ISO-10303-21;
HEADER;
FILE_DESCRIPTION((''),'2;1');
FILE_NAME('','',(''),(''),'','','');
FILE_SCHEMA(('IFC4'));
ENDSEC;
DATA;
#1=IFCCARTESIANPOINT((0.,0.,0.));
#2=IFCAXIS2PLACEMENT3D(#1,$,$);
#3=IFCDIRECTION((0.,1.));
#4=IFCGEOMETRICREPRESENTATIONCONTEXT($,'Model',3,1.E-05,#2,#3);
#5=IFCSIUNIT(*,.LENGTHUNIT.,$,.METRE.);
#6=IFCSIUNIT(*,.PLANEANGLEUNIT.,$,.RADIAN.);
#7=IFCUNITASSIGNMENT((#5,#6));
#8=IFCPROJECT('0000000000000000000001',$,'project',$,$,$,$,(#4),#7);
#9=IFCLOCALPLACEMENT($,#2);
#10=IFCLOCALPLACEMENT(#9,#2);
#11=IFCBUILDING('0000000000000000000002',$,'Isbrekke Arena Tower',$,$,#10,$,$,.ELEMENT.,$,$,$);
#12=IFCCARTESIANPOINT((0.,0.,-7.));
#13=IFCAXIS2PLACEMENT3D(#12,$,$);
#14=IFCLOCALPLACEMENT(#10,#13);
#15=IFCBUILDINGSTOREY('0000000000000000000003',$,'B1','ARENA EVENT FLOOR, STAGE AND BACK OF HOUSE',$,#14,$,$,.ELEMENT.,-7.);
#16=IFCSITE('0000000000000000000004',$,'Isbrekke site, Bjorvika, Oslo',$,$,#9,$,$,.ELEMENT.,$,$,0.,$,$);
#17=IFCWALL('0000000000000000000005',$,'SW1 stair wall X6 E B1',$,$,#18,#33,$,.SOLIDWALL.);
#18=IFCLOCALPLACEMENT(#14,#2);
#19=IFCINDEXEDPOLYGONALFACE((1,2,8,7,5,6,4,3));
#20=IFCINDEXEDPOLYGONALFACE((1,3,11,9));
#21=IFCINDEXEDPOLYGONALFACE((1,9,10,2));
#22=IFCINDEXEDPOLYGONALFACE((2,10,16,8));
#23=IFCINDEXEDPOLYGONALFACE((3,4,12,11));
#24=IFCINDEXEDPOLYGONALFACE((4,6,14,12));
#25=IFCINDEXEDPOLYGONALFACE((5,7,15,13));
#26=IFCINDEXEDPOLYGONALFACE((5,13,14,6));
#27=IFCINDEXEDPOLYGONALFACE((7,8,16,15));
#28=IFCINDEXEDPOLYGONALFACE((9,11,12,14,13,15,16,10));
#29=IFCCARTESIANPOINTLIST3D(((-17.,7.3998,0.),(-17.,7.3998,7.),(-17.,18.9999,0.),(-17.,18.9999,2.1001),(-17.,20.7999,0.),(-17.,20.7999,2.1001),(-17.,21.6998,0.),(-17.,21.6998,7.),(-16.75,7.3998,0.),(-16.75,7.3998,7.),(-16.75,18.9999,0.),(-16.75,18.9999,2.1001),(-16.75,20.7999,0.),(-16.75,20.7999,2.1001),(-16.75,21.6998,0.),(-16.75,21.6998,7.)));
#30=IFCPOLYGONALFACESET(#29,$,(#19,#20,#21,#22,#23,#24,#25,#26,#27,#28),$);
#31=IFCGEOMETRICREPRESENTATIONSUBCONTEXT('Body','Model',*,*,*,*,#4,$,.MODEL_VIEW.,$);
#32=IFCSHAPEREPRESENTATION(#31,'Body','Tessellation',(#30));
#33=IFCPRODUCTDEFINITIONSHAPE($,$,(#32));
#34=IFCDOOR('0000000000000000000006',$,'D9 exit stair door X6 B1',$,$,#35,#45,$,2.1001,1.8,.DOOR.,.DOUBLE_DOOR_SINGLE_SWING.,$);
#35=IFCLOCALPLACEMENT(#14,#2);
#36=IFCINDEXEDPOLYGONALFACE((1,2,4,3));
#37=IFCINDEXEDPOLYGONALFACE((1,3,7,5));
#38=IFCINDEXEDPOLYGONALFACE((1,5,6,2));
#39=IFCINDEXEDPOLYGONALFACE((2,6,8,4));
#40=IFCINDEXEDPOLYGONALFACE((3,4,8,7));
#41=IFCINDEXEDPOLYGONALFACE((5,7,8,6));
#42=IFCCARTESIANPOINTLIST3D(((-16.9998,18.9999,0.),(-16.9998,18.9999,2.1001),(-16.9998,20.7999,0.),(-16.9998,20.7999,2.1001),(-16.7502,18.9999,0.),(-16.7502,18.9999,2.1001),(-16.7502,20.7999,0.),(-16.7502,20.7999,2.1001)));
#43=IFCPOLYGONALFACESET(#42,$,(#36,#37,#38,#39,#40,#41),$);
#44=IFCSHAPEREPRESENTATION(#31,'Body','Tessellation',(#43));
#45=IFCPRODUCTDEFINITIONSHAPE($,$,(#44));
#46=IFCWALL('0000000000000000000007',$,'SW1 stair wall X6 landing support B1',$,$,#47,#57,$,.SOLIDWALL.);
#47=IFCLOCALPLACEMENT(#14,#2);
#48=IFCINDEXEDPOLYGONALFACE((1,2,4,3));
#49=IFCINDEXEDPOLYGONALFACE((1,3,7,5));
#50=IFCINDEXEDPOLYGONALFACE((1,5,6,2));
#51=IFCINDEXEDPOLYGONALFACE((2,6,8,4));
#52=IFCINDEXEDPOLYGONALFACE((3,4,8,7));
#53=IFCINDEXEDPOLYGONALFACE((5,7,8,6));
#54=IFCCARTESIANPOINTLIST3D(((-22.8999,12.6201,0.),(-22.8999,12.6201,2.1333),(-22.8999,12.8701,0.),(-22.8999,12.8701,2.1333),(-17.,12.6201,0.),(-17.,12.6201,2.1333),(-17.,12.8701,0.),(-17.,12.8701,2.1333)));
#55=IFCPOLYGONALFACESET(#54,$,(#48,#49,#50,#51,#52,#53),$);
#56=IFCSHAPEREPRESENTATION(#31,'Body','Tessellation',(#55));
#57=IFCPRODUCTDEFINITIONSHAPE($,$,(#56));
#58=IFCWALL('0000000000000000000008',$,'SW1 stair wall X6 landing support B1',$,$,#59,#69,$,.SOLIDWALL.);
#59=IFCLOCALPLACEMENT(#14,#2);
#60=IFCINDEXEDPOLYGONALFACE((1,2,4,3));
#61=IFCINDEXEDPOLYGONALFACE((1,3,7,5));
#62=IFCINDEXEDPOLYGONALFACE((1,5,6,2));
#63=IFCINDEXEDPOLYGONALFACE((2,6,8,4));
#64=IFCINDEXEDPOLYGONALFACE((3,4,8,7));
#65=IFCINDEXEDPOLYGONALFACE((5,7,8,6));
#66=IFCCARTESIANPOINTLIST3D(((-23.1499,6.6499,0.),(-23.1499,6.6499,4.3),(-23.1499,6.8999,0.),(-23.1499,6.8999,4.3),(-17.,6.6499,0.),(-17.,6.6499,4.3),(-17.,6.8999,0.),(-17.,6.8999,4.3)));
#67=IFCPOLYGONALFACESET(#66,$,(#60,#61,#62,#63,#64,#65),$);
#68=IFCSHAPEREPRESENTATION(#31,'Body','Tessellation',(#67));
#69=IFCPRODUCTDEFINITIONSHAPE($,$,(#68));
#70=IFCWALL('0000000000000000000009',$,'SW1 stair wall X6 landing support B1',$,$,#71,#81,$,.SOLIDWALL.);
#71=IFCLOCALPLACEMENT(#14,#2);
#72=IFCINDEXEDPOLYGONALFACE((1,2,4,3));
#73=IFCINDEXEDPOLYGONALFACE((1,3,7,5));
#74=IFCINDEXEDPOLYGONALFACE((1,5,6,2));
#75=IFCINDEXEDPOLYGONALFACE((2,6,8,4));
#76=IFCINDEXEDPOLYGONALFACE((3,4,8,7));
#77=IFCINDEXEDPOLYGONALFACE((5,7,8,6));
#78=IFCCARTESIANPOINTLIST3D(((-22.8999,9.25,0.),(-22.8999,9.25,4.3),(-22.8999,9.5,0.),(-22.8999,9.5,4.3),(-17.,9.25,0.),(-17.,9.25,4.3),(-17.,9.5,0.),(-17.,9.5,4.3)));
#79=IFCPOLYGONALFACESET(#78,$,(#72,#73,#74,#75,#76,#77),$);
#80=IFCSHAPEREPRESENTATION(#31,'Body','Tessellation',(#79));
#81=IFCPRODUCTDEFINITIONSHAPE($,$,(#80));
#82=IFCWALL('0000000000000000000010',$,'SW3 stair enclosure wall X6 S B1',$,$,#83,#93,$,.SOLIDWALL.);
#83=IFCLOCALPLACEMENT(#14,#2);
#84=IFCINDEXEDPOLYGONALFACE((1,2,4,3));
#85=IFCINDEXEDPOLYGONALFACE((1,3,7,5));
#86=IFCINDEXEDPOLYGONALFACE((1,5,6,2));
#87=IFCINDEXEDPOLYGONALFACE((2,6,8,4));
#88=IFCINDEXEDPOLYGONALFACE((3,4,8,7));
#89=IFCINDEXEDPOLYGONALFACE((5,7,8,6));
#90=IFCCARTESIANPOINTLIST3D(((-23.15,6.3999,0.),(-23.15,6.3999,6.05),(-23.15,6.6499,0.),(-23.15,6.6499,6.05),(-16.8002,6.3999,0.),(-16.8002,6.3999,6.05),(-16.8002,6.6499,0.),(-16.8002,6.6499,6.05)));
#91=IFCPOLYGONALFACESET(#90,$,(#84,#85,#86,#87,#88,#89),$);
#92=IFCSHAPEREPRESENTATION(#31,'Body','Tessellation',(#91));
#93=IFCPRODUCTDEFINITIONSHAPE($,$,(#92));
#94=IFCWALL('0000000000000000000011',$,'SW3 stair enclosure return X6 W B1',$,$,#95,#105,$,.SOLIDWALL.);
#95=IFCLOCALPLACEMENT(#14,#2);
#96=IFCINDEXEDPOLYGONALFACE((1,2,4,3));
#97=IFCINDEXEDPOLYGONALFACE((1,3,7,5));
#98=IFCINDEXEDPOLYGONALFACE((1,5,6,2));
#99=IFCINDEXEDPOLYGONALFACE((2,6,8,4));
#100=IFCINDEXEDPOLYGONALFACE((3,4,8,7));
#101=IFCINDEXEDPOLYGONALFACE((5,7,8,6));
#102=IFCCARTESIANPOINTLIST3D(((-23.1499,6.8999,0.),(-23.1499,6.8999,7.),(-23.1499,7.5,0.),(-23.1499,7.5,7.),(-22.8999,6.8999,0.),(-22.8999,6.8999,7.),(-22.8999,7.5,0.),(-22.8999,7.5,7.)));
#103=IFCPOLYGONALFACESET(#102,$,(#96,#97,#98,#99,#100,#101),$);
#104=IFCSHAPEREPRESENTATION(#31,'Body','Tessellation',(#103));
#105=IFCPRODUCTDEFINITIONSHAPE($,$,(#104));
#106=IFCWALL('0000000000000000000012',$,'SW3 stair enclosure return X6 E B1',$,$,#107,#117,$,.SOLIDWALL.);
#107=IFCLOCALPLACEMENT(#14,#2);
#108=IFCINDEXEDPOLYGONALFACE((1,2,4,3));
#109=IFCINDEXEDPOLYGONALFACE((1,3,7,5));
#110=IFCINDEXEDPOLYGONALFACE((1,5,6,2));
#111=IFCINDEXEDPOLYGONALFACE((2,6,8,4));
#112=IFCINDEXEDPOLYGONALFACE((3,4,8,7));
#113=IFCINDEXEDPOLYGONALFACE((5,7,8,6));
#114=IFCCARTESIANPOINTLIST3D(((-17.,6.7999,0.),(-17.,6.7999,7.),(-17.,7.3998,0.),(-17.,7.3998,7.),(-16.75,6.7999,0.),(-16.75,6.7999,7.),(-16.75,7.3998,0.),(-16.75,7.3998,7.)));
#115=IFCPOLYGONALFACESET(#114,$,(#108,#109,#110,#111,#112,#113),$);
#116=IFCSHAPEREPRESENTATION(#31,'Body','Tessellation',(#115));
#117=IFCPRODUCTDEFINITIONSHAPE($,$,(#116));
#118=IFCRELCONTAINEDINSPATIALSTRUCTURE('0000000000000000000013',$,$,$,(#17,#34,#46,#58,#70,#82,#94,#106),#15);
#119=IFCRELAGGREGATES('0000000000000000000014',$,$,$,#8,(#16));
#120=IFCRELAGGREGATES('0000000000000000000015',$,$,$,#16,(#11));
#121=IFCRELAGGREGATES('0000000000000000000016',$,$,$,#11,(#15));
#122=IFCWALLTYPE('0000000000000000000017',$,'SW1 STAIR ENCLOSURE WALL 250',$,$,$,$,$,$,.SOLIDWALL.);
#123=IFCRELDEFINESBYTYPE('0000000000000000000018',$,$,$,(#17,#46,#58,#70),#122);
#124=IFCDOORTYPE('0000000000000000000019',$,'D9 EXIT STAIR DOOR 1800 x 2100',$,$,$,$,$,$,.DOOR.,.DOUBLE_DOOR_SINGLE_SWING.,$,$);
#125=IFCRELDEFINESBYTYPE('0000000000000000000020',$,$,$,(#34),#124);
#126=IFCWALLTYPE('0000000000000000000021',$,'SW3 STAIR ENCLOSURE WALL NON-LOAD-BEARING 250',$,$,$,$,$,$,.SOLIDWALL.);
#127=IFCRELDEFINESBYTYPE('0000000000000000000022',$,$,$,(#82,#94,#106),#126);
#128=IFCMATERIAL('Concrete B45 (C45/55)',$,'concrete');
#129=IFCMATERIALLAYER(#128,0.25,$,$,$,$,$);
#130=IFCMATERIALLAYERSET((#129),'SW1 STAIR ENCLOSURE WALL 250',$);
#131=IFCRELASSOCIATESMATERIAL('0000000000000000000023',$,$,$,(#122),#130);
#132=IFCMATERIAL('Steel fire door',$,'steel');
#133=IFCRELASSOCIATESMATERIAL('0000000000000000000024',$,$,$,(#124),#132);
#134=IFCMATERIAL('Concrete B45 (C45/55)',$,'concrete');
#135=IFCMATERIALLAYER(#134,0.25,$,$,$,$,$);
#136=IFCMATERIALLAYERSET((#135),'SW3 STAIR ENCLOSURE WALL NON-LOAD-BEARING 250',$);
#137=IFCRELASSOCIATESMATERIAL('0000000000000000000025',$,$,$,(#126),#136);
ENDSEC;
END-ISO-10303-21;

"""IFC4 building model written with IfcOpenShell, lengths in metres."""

from ifc_helpers import new_model, si_unit, direction, frame, frame_2d, origin, place, context, subcontext, project, spatial, rectangle, extrude, material, layer, layer_set, type_object, element, fill, save


model = new_model("IFC4")

# Units and contexts
model_context = context("Model", 3, precision=1e-05, world=origin(), true_north=direction((0.0, 1.0)))
body_context = subcontext(model_context, "Body", "Model", "MODEL_VIEW")
ifc_project = project(units=[si_unit("LENGTHUNIT", "METRE"), si_unit("PLANEANGLEUNIT", "RADIAN")], contexts=[model_context])

# Site, building, storey
site_placement = place(None, origin())
site = spatial("IfcSite", under=ifc_project, at=site_placement, Name="Isbrekke site, Bjorvika, Oslo", CompositionType="ELEMENT", RefElevation=0.0)
building_placement = place(site_placement, origin())
building = spatial("IfcBuilding", under=site, at=building_placement, Name="Isbrekke Arena Tower", CompositionType="ELEMENT")
storey_placement = place(building_placement, frame((0.0, 0.0, -7.0)))
storey = spatial("IfcBuildingStorey", under=building, at=storey_placement, Name="B1", Description="ARENA EVENT FLOOR, STAGE AND BACK OF HOUSE", CompositionType="ELEMENT", Elevation=-7.0)

# Wall, opening, door
ifc_material_1 = material(Name="Concrete B45 (C45/55)", Category="concrete")
ifc_layer_1 = layer(ifc_material_1, 0.25)
ifc_layer_set_1 = layer_set([ifc_layer_1], Name="SW1 STAIR ENCLOSURE WALL 250")
wall_type_1 = type_object("IfcWallType", Name="SW1 STAIR ENCLOSURE WALL 250", PredefinedType="SOLIDWALL", material=ifc_layer_set_1)
wall_1_placement = place(storey_placement, frame((-16.875, 7.3999, 0.0), z_axis=(0.0, 0.0, 1.0), x_axis=(0.0, 1.0, 0.0)))
wall_1 = element("IfcWall", 1, at=wall_1_placement, inside=storey, type_object=wall_type_1, Name="SW1 stair wall X6 E B1", PredefinedType="SOLIDWALL", context=body_context, shape_type="SweptSolid", body=[
    extrude(rectangle(XDim=14.3, YDim=0.25, at=frame_2d((7.1499, 0.0))), origin(), (0.0, 0.0, 1.0), 7.0),
])
opening_placement = place(wall_1_placement, frame((11.6001, 0.0, 0.0)))
opening = element("IfcOpeningElement", 2, at=opening_placement, cuts=wall_1, PredefinedType="OPENING", context=body_context, shape_type="SweptSolid", body=[
    extrude(rectangle(XDim=1.8, YDim=2.1001, at=frame_2d((0.8999, 1.05))), frame((0.0, 0.1399, 0.0), z_axis=(0.0, -1.0, 0.0), x_axis=(1.0, 0.0, 0.0)), (0.0, 0.0, 1.0), 0.2798),
])
ifc_material_2 = material(Name="Steel fire door", Category="steel")
door_type = type_object("IfcDoorType", Name="D9 EXIT STAIR DOOR 1800 x 2100", OperationType="DOUBLE_DOOR_SINGLE_SWING", PredefinedType="DOOR", material=ifc_material_2)
door_placement = place(opening_placement, origin())
door = element("IfcDoor", 3, at=door_placement, inside=storey, type_object=door_type, Name="D9 exit stair door X6 B1", OperationType="DOUBLE_DOOR_SINGLE_SWING", OverallHeight=2.1001, OverallWidth=1.8, PredefinedType="DOOR", context=body_context, shape_type="SweptSolid", body=[
    extrude(rectangle(XDim=1.8, YDim=2.1001, at=frame_2d((0.8999, 1.05))), frame((0.0, 0.1248, 0.0), z_axis=(0.0, -1.0, 0.0), x_axis=(1.0, 0.0, 0.0)), (0.0, 0.0, 1.0), 0.2495),
])
fill(opening, door)

# Walls
wall_2_placement = place(storey_placement, frame((-22.8999, 12.7451, 0.0), z_axis=(0.0, 0.0, 1.0), x_axis=(1.0, 0.0, 0.0)))
element("IfcWall", 4, at=wall_2_placement, inside=storey, type_object=wall_type_1, Name="SW1 stair wall X6 landing support B1", PredefinedType="SOLIDWALL", context=body_context, shape_type="SweptSolid", body=[
    extrude(rectangle(XDim=5.8999, YDim=0.25, at=frame_2d((2.95, 0.0))), origin(), (0.0, 0.0, 1.0), 2.1333),
])
wall_3_placement = place(storey_placement, frame((-23.1499, 6.7749, 0.0), z_axis=(0.0, 0.0, 1.0), x_axis=(1.0, 0.0, 0.0)))
element("IfcWall", 5, at=wall_3_placement, inside=storey, type_object=wall_type_1, Name="SW1 stair wall X6 landing support B1", PredefinedType="SOLIDWALL", context=body_context, shape_type="SweptSolid", body=[
    extrude(rectangle(XDim=6.1499, YDim=0.25, at=frame_2d((3.075, 0.0))), origin(), (0.0, 0.0, 1.0), 4.3),
])
wall_4_placement = place(storey_placement, frame((-22.8999, 9.375, 0.0), z_axis=(0.0, 0.0, 1.0), x_axis=(1.0, 0.0, 0.0)))
element("IfcWall", 6, at=wall_4_placement, inside=storey, type_object=wall_type_1, Name="SW1 stair wall X6 landing support B1", PredefinedType="SOLIDWALL", context=body_context, shape_type="SweptSolid", body=[
    extrude(rectangle(XDim=5.8999, YDim=0.25, at=frame_2d((2.95, 0.0))), origin(), (0.0, 0.0, 1.0), 4.3),
])
ifc_material_3 = material(Name="Concrete B45 (C45/55)", Category="concrete")
ifc_layer_2 = layer(ifc_material_3, 0.25)
ifc_layer_set_2 = layer_set([ifc_layer_2], Name="SW3 STAIR ENCLOSURE WALL NON-LOAD-BEARING 250")
wall_type_2 = type_object("IfcWallType", Name="SW3 STAIR ENCLOSURE WALL NON-LOAD-BEARING 250", PredefinedType="SOLIDWALL", material=ifc_layer_set_2)
wall_5_placement = place(storey_placement, frame((-23.1499, 6.5249, 0.0), z_axis=(0.0, 0.0, 1.0), x_axis=(1.0, 0.0, 0.0)))
element("IfcWall", 7, at=wall_5_placement, inside=storey, type_object=wall_type_2, Name="SW3 stair enclosure wall X6 S B1", PredefinedType="SOLIDWALL", context=body_context, shape_type="SweptSolid", body=[
    extrude(rectangle(XDim=6.3499, YDim=0.25, at=frame_2d((3.1748, 0.0))), origin(), (0.0, 0.0, 1.0), 6.05),
])
wall_6_placement = place(storey_placement, frame((-23.0249, 7.5, 0.0), z_axis=(0.0, 0.0, 1.0), x_axis=(0.0, -1.0, 0.0)))
element("IfcWall", 8, at=wall_6_placement, inside=storey, type_object=wall_type_2, Name="SW3 stair enclosure return X6 W B1", PredefinedType="SOLIDWALL", context=body_context, shape_type="SweptSolid", body=[
    extrude(rectangle(XDim=0.6001, YDim=0.25, at=frame_2d((0.3, 0.0))), origin(), (0.0, 0.0, 1.0), 7.0),
])
wall_7_placement = place(storey_placement, frame((-16.875, 6.8, 0.0), z_axis=(0.0, 0.0, 1.0), x_axis=(0.0, 1.0, 0.0)))
element("IfcWall", 9, at=wall_7_placement, inside=storey, type_object=wall_type_2, Name="SW3 stair enclosure return X6 E B1", PredefinedType="SOLIDWALL", context=body_context, shape_type="SweptSolid", body=[
    extrude(rectangle(XDim=0.5999, YDim=0.25, at=frame_2d((0.2998, 0.0))), origin(), (0.0, 0.0, 1.0), 7.0),
])

save(model, "model.ifc")
